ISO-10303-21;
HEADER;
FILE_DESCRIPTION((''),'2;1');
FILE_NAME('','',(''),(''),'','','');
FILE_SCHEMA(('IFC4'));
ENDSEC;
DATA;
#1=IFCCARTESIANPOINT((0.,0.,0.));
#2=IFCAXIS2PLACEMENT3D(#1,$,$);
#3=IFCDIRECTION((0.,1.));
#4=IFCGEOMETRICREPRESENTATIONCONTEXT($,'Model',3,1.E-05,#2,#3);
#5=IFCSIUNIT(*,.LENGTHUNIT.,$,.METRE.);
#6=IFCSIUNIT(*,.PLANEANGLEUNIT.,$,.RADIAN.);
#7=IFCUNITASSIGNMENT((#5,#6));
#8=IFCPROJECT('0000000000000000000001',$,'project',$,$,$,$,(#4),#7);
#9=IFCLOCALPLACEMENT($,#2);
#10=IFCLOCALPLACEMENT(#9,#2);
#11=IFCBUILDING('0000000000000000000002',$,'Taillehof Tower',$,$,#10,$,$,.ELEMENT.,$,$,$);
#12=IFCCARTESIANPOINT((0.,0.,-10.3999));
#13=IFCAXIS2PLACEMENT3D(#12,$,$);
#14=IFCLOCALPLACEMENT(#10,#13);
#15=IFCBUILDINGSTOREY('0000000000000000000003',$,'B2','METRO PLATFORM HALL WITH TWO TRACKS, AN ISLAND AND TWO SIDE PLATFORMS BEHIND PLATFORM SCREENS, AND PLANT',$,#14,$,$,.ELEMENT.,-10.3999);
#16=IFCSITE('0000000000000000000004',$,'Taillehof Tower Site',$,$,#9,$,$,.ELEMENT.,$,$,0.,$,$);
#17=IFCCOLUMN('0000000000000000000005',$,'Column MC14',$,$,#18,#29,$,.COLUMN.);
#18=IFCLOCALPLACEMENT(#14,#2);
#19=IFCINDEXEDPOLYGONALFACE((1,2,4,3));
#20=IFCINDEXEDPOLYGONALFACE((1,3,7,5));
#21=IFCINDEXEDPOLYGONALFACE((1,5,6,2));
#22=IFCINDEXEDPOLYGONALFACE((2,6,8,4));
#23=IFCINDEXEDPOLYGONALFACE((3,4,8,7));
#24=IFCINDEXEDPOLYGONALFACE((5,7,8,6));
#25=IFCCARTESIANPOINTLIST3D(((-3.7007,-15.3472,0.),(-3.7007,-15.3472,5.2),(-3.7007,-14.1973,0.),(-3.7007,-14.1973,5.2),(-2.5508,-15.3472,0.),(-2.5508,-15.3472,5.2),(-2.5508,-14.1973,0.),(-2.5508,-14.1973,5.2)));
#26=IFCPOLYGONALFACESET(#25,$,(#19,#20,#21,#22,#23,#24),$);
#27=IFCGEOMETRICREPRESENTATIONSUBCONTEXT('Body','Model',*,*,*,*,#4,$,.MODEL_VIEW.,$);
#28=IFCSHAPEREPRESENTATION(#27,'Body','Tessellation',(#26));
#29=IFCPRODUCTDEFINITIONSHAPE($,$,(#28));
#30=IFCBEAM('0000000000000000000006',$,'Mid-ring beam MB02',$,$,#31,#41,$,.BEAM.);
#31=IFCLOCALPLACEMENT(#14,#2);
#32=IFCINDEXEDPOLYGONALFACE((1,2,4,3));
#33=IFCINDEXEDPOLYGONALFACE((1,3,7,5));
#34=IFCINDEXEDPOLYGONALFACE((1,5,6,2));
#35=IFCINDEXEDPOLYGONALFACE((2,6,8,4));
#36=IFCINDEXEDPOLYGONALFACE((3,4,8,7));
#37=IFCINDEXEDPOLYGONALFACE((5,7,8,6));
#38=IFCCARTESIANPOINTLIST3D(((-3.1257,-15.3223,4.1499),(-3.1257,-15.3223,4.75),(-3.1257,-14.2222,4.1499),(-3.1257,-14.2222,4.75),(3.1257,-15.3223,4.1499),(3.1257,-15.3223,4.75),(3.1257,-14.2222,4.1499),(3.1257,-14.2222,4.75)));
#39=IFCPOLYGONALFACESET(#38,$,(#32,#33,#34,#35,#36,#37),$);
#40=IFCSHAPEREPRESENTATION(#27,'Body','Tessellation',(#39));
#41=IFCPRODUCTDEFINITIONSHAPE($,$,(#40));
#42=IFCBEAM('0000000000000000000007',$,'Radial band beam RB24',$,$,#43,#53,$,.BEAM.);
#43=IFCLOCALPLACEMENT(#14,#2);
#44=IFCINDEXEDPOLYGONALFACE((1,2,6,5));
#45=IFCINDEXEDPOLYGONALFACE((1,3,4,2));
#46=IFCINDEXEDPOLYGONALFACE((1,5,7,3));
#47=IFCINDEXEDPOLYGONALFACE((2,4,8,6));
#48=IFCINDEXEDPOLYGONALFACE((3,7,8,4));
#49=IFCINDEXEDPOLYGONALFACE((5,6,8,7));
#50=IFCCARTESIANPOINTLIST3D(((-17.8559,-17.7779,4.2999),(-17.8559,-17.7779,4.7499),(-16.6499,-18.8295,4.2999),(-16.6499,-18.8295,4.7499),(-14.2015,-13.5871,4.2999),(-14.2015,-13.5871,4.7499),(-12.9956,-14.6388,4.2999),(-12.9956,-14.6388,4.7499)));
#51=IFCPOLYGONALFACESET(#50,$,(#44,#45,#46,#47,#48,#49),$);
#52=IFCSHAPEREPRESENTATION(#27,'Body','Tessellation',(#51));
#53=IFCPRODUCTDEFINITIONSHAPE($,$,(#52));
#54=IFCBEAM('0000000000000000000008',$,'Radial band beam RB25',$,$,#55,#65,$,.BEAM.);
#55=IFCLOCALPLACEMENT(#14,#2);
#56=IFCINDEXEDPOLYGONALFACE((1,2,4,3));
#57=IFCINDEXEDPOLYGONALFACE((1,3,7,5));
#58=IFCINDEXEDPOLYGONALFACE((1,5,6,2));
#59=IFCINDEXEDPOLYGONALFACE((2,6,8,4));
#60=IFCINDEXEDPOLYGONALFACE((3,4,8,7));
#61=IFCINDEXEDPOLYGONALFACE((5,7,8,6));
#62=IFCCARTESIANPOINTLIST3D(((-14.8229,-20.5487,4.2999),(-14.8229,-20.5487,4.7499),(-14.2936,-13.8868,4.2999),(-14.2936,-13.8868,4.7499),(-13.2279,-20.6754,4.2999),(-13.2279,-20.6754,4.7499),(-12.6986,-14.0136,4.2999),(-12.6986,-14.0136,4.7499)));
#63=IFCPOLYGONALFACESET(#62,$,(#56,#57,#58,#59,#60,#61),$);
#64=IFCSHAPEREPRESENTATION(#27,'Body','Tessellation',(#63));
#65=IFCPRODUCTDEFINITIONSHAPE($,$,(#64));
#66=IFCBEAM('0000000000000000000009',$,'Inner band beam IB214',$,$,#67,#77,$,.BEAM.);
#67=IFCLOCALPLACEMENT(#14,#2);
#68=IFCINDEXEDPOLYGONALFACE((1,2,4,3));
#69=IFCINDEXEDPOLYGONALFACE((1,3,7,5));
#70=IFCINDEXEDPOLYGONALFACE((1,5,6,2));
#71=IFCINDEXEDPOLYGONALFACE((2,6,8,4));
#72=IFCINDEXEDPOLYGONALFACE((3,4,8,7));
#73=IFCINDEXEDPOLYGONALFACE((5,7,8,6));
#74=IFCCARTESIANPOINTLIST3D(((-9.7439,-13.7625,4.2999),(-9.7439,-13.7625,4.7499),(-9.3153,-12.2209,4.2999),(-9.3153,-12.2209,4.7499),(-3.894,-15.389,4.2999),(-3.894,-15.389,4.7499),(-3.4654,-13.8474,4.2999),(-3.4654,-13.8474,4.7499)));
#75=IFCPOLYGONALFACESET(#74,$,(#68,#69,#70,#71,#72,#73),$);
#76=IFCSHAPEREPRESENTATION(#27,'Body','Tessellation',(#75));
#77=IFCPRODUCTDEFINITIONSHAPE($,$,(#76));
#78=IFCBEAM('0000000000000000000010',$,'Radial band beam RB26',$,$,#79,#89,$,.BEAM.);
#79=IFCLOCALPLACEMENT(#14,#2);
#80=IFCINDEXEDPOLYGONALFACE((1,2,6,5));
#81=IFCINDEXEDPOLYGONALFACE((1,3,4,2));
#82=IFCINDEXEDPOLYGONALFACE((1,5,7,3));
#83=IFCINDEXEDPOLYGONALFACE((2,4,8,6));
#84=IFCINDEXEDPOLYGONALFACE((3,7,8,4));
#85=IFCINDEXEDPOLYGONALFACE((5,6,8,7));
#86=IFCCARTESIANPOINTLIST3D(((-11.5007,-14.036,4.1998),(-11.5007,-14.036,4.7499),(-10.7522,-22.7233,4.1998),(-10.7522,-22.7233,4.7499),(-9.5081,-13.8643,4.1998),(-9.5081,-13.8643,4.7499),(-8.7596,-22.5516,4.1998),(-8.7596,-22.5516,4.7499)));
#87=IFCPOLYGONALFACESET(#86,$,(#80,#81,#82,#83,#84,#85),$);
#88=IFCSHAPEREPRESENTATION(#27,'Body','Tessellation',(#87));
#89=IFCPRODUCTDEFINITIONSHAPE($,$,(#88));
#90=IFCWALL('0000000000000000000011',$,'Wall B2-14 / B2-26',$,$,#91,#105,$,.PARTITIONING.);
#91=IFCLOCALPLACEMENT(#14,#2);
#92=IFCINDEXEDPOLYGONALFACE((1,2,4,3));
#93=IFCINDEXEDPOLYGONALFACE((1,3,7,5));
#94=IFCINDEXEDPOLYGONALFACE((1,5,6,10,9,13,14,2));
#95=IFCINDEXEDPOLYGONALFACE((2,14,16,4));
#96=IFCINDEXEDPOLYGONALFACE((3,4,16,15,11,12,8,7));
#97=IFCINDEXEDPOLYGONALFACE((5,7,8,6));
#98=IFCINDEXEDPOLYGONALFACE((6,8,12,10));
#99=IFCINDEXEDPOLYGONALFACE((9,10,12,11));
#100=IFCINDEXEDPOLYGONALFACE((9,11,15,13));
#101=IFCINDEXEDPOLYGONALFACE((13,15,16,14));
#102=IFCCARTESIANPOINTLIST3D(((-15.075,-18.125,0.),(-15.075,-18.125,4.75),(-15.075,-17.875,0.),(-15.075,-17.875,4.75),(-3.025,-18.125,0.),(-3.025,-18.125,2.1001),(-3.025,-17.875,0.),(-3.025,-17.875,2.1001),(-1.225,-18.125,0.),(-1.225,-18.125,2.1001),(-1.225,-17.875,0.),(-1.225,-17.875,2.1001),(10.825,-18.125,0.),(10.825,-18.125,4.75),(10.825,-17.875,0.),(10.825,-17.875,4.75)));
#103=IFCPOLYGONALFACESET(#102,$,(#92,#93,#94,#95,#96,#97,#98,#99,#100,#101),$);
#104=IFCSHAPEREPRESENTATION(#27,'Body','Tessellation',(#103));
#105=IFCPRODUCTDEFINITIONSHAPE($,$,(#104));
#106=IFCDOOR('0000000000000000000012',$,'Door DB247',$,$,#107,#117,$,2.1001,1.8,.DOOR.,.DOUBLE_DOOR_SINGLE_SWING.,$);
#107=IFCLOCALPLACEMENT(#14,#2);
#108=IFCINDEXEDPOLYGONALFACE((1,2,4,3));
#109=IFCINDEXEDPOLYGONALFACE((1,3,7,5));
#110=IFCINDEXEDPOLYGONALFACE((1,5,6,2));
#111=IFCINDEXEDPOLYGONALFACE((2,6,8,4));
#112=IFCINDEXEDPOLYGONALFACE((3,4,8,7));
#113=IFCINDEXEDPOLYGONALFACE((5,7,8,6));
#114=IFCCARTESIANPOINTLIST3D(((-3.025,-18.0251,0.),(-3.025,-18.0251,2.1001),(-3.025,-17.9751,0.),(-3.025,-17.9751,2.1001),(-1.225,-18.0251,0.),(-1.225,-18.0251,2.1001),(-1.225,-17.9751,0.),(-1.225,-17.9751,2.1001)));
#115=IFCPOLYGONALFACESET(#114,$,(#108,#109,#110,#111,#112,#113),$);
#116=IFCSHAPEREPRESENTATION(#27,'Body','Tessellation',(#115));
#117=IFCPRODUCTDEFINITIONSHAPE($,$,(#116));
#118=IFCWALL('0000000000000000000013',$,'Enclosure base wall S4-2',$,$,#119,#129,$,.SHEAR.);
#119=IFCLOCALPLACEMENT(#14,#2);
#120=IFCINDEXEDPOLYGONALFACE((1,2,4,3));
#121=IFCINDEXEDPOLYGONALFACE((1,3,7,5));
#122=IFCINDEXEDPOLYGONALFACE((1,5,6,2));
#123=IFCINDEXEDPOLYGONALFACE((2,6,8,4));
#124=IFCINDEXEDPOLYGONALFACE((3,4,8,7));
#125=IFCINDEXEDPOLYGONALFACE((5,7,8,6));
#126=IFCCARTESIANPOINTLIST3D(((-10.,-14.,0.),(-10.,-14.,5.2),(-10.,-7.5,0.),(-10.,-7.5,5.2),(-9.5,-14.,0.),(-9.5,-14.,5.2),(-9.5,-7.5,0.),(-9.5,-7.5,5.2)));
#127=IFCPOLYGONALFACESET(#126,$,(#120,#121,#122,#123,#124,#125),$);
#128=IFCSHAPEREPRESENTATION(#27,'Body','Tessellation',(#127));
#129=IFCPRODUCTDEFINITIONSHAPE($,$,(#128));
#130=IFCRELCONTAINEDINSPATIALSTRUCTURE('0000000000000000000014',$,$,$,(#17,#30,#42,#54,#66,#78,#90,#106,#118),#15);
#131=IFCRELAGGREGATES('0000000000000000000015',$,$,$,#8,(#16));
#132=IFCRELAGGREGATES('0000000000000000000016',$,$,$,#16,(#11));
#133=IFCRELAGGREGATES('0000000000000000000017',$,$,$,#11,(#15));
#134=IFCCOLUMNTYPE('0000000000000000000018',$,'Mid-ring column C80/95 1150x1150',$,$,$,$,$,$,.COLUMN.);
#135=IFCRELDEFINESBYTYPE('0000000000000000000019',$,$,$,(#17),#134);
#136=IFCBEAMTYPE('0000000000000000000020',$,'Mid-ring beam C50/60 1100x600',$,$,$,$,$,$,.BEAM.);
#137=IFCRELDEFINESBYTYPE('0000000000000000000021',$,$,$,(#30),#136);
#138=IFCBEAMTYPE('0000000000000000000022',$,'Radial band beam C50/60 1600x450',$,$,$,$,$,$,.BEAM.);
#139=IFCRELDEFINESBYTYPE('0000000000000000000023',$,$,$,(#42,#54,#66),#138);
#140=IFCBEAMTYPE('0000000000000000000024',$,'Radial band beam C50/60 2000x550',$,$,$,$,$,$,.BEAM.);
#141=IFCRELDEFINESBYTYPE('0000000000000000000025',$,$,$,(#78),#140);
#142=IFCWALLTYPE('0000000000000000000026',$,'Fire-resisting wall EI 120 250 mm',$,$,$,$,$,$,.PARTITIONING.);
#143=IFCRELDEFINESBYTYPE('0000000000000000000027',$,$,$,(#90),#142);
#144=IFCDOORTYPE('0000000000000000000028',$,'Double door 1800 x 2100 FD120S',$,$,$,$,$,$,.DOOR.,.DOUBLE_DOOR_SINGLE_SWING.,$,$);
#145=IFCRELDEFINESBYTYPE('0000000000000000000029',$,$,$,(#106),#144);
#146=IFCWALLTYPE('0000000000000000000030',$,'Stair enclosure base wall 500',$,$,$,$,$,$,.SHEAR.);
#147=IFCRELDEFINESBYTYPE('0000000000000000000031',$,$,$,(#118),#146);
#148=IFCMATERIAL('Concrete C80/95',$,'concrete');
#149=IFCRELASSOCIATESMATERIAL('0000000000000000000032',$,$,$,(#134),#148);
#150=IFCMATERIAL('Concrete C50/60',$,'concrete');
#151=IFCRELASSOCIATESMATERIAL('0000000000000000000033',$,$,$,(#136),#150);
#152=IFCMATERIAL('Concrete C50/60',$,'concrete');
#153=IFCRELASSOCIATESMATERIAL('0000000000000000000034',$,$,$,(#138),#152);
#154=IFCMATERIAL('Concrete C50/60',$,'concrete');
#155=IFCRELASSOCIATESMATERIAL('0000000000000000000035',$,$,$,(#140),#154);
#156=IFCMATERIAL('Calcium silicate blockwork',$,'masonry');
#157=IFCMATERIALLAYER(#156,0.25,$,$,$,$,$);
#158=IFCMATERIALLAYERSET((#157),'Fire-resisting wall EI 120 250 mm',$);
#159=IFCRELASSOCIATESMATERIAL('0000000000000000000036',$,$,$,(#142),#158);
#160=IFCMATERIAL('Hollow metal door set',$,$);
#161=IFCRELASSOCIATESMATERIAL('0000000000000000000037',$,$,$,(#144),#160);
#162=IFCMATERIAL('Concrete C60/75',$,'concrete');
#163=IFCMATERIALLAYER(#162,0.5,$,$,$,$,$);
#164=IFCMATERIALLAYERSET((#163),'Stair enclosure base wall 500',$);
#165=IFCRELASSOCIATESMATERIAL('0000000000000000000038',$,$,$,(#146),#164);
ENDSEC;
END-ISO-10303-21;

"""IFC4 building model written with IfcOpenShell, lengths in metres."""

from ifc_helpers import new_model, si_unit, direction, frame, frame_2d, origin, origin_2d, place, context, subcontext, project, spatial, rectangle, extrude, material, layer, layer_set, material_profile, profile_set, type_object, element, fill, save


model = new_model("IFC4")

# Units and contexts
model_context = context("Model", 3, precision=1e-05, world=origin(), true_north=direction((0.0, 1.0)))
body_context = subcontext(model_context, "Body", "Model", "MODEL_VIEW")
ifc_project = project(units=[si_unit("LENGTHUNIT", "METRE"), si_unit("PLANEANGLEUNIT", "RADIAN")], contexts=[model_context])

# Site, building, storey
site_placement = place(None, origin())
site = spatial("IfcSite", under=ifc_project, at=site_placement, Name="Taillehof Tower Site", CompositionType="ELEMENT", RefElevation=0.0)
building_placement = place(site_placement, origin())
building = spatial("IfcBuilding", under=site, at=building_placement, Name="Taillehof Tower", CompositionType="ELEMENT")
storey_placement = place(building_placement, frame((0.0, 0.0, -10.3999)))
storey = spatial("IfcBuildingStorey", under=building, at=storey_placement, Name="B2", Description="METRO PLATFORM HALL WITH TWO TRACKS, AN ISLAND AND TWO SIDE PLATFORMS BEHIND PLATFORM SCREENS, AND PLANT", CompositionType="ELEMENT", Elevation=-10.3999)

# Column
ifc_material_1 = material(Name="Concrete C80/95", Category="concrete")
ifc_material_profile_1 = material_profile(ifc_material_1, rectangle(XDim=1.1499, YDim=1.1499, at=origin_2d()), Name="RC 1150x1150")
ifc_profile_set_1 = profile_set([ifc_material_profile_1], Name="Concrete C80/95")
column_type = type_object("IfcColumnType", Name="Mid-ring column C80/95 1150x1150", PredefinedType="COLUMN", material=ifc_profile_set_1)
column_placement = place(storey_placement, frame((-3.1257, -14.7722, 0.0), z_axis=(0.0, 0.0, 1.0), x_axis=(1.0, 0.0, 0.0)))
element("IfcColumn", 1, at=column_placement, inside=storey, type_object=column_type, Name="Column MC14", PredefinedType="COLUMN", context=body_context, shape_type="SweptSolid", body=[
    extrude(rectangle(XDim=1.1499, YDim=1.1499, at=origin_2d()), origin(), (0.0, 0.0, 1.0), 5.2),
])

# Beams
ifc_material_2 = material(Name="Concrete C50/60", Category="concrete")
ifc_material_profile_2 = material_profile(ifc_material_2, rectangle(XDim=1.1001, YDim=0.6001, at=origin_2d()), Name="RC 1100x600")
ifc_profile_set_2 = profile_set([ifc_material_profile_2], Name="Concrete C50/60")
beam_type_1 = type_object("IfcBeamType", Name="Mid-ring beam C50/60 1100x600", PredefinedType="BEAM", material=ifc_profile_set_2)
beam_1_placement = place(storey_placement, frame((-3.1257, -14.7722, 4.45), z_axis=(1.0, 0.0, 0.0), x_axis=(0.0, 1.0, 0.0)))
element("IfcBeam", 2, at=beam_1_placement, inside=storey, type_object=beam_type_1, Name="Mid-ring beam MB02", PredefinedType="BEAM", context=body_context, shape_type="SweptSolid", body=[
    extrude(rectangle(XDim=1.1001, YDim=0.6001, at=origin_2d()), origin(), (0.0, 0.0, 1.0), 6.2515),
])
ifc_material_3 = material(Name="Concrete C50/60", Category="concrete")
ifc_material_profile_3 = material_profile(ifc_material_3, rectangle(XDim=1.6001, YDim=0.45, at=origin_2d()), Name="RC 1600x450")
ifc_profile_set_3 = profile_set([ifc_material_profile_3], Name="Concrete C50/60")
beam_type_2 = type_object("IfcBeamType", Name="Radial band beam C50/60 1600x450", PredefinedType="BEAM", material=ifc_profile_set_3)
beam_2_placement = place(storey_placement, frame((-17.2529, -18.3037, 4.5249), z_axis=(0.657226, 0.753694, 0.0), x_axis=(-0.753694, 0.657226, 0.0)))
element("IfcBeam", 3, at=beam_2_placement, inside=storey, type_object=beam_type_2, Name="Radial band beam RB24", PredefinedType="BEAM", context=body_context, shape_type="SweptSolid", body=[
    extrude(rectangle(XDim=1.6001, YDim=0.45, at=origin_2d()), origin(), (0.0, 0.0, 1.0), 5.5603),
])
beam_3_placement = place(storey_placement, frame((-14.0254, -20.6121, 4.5249), z_axis=(0.079202, 0.996859, 0.0), x_axis=(-0.996859, 0.079202, 0.0)))
element("IfcBeam", 4, at=beam_3_placement, inside=storey, type_object=beam_type_2, Name="Radial band beam RB25", PredefinedType="BEAM", context=body_context, shape_type="SweptSolid", body=[
    extrude(rectangle(XDim=1.6001, YDim=0.45, at=origin_2d()), origin(), (0.0, 0.0, 1.0), 6.6829),
])
beam_4_placement = place(storey_placement, frame((-3.6797, -14.6182, 4.5249), z_axis=(-0.963454, 0.267874, 0.0), x_axis=(-0.267874, -0.963454, 0.0)))
element("IfcBeam", 5, at=beam_4_placement, inside=storey, type_object=beam_type_2, Name="Inner band beam IB214", PredefinedType="BEAM", context=body_context, shape_type="SweptSolid", body=[
    extrude(rectangle(XDim=1.6001, YDim=0.45, at=origin_2d()), origin(), (0.0, 0.0, 1.0), 6.0718),
])
ifc_material_4 = material(Name="Concrete C50/60", Category="concrete")
ifc_material_profile_4 = material_profile(ifc_material_4, rectangle(XDim=2.0, YDim=0.55, at=origin_2d()), Name="RC 2000x550")
ifc_profile_set_4 = profile_set([ifc_material_profile_4], Name="Concrete C50/60")
beam_type_3 = type_object("IfcBeamType", Name="Radial band beam C50/60 2000x550", PredefinedType="BEAM", material=ifc_profile_set_4)
beam_5_placement = place(storey_placement, frame((-9.7559, -22.6375, 4.4749), z_axis=(-0.085847, 0.996308, 0.0), x_axis=(-0.996308, -0.085847, 0.0)))
element("IfcBeam", 6, at=beam_5_placement, inside=storey, type_object=beam_type_3, Name="Radial band beam RB26", PredefinedType="BEAM", context=body_context, shape_type="SweptSolid", body=[
    extrude(rectangle(XDim=2.0, YDim=0.55, at=origin_2d()), origin(), (0.0, 0.0, 1.0), 8.7195),
])

# Wall, opening, door
ifc_material_5 = material(Name="Calcium silicate blockwork", Category="masonry")
ifc_layer_1 = layer(ifc_material_5, 0.25)
ifc_layer_set_1 = layer_set([ifc_layer_1], Name="Fire-resisting wall EI 120 250 mm")
wall_type_1 = type_object("IfcWallType", Name="Fire-resisting wall EI 120 250 mm", PredefinedType="PARTITIONING", material=ifc_layer_set_1)
wall_1_placement = place(storey_placement, frame((-15.075, -18.0, 0.0), z_axis=(0.0, 0.0, 1.0), x_axis=(1.0, 0.0, 0.0)))
wall_1 = element("IfcWall", 7, at=wall_1_placement, inside=storey, type_object=wall_type_1, Name="Wall B2-14 / B2-26", PredefinedType="PARTITIONING", context=body_context, shape_type="SweptSolid", body=[
    extrude(rectangle(XDim=25.8999, YDim=0.25, at=frame_2d((12.95, 0.0))), origin(), (0.0, 0.0, 1.0), 4.75),
])
opening_placement = place(wall_1_placement, frame((12.05, 0.0, 0.0)))
opening = element("IfcOpeningElement", 8, at=opening_placement, cuts=wall_1, PredefinedType="OPENING", context=body_context, shape_type="SweptSolid", body=[
    extrude(rectangle(XDim=1.8, YDim=2.1001, at=frame_2d((0.8999, 1.05))), frame((0.0, 0.135, 0.0), z_axis=(0.0, -1.0, 0.0), x_axis=(1.0, 0.0, 0.0)), (0.0, 0.0, 1.0), 0.27),
])
ifc_material_6 = material(Name="Hollow metal door set")
door_type = type_object("IfcDoorType", Name="Double door 1800 x 2100 FD120S", OperationType="DOUBLE_DOOR_SINGLE_SWING", PredefinedType="DOOR", material=ifc_material_6)
door_placement = place(opening_placement, origin())
door = element("IfcDoor", 9, at=door_placement, inside=storey, type_object=door_type, Name="Door DB247", OperationType="DOUBLE_DOOR_SINGLE_SWING", OverallHeight=2.1001, OverallWidth=1.8, PredefinedType="DOOR", context=body_context, shape_type="SweptSolid", body=[
    extrude(rectangle(XDim=1.8, YDim=2.1001, at=frame_2d((0.8999, 1.05))), frame((0.0, 0.0249, 0.0), z_axis=(0.0, -1.0, 0.0), x_axis=(1.0, 0.0, 0.0)), (0.0, 0.0, 1.0), 0.05),
])
fill(opening, door)

# Wall
ifc_material_7 = material(Name="Concrete C60/75", Category="concrete")
ifc_layer_2 = layer(ifc_material_7, 0.5)
ifc_layer_set_2 = layer_set([ifc_layer_2], Name="Stair enclosure base wall 500")
wall_type_2 = type_object("IfcWallType", Name="Stair enclosure base wall 500", PredefinedType="SHEAR", material=ifc_layer_set_2)
wall_2_placement = place(storey_placement, frame((-9.75, -14.0, 0.0), z_axis=(0.0, 0.0, 1.0), x_axis=(0.0, 1.0, 0.0)))
element("IfcWall", 10, at=wall_2_placement, inside=storey, type_object=wall_type_2, Name="Enclosure base wall S4-2", PredefinedType="SHEAR", context=body_context, shape_type="SweptSolid", body=[
    extrude(rectangle(XDim=6.5, YDim=0.5, at=frame_2d((3.25, 0.0))), origin(), (0.0, 0.0, 1.0), 5.2),
])

save(model, "model.ifc")
